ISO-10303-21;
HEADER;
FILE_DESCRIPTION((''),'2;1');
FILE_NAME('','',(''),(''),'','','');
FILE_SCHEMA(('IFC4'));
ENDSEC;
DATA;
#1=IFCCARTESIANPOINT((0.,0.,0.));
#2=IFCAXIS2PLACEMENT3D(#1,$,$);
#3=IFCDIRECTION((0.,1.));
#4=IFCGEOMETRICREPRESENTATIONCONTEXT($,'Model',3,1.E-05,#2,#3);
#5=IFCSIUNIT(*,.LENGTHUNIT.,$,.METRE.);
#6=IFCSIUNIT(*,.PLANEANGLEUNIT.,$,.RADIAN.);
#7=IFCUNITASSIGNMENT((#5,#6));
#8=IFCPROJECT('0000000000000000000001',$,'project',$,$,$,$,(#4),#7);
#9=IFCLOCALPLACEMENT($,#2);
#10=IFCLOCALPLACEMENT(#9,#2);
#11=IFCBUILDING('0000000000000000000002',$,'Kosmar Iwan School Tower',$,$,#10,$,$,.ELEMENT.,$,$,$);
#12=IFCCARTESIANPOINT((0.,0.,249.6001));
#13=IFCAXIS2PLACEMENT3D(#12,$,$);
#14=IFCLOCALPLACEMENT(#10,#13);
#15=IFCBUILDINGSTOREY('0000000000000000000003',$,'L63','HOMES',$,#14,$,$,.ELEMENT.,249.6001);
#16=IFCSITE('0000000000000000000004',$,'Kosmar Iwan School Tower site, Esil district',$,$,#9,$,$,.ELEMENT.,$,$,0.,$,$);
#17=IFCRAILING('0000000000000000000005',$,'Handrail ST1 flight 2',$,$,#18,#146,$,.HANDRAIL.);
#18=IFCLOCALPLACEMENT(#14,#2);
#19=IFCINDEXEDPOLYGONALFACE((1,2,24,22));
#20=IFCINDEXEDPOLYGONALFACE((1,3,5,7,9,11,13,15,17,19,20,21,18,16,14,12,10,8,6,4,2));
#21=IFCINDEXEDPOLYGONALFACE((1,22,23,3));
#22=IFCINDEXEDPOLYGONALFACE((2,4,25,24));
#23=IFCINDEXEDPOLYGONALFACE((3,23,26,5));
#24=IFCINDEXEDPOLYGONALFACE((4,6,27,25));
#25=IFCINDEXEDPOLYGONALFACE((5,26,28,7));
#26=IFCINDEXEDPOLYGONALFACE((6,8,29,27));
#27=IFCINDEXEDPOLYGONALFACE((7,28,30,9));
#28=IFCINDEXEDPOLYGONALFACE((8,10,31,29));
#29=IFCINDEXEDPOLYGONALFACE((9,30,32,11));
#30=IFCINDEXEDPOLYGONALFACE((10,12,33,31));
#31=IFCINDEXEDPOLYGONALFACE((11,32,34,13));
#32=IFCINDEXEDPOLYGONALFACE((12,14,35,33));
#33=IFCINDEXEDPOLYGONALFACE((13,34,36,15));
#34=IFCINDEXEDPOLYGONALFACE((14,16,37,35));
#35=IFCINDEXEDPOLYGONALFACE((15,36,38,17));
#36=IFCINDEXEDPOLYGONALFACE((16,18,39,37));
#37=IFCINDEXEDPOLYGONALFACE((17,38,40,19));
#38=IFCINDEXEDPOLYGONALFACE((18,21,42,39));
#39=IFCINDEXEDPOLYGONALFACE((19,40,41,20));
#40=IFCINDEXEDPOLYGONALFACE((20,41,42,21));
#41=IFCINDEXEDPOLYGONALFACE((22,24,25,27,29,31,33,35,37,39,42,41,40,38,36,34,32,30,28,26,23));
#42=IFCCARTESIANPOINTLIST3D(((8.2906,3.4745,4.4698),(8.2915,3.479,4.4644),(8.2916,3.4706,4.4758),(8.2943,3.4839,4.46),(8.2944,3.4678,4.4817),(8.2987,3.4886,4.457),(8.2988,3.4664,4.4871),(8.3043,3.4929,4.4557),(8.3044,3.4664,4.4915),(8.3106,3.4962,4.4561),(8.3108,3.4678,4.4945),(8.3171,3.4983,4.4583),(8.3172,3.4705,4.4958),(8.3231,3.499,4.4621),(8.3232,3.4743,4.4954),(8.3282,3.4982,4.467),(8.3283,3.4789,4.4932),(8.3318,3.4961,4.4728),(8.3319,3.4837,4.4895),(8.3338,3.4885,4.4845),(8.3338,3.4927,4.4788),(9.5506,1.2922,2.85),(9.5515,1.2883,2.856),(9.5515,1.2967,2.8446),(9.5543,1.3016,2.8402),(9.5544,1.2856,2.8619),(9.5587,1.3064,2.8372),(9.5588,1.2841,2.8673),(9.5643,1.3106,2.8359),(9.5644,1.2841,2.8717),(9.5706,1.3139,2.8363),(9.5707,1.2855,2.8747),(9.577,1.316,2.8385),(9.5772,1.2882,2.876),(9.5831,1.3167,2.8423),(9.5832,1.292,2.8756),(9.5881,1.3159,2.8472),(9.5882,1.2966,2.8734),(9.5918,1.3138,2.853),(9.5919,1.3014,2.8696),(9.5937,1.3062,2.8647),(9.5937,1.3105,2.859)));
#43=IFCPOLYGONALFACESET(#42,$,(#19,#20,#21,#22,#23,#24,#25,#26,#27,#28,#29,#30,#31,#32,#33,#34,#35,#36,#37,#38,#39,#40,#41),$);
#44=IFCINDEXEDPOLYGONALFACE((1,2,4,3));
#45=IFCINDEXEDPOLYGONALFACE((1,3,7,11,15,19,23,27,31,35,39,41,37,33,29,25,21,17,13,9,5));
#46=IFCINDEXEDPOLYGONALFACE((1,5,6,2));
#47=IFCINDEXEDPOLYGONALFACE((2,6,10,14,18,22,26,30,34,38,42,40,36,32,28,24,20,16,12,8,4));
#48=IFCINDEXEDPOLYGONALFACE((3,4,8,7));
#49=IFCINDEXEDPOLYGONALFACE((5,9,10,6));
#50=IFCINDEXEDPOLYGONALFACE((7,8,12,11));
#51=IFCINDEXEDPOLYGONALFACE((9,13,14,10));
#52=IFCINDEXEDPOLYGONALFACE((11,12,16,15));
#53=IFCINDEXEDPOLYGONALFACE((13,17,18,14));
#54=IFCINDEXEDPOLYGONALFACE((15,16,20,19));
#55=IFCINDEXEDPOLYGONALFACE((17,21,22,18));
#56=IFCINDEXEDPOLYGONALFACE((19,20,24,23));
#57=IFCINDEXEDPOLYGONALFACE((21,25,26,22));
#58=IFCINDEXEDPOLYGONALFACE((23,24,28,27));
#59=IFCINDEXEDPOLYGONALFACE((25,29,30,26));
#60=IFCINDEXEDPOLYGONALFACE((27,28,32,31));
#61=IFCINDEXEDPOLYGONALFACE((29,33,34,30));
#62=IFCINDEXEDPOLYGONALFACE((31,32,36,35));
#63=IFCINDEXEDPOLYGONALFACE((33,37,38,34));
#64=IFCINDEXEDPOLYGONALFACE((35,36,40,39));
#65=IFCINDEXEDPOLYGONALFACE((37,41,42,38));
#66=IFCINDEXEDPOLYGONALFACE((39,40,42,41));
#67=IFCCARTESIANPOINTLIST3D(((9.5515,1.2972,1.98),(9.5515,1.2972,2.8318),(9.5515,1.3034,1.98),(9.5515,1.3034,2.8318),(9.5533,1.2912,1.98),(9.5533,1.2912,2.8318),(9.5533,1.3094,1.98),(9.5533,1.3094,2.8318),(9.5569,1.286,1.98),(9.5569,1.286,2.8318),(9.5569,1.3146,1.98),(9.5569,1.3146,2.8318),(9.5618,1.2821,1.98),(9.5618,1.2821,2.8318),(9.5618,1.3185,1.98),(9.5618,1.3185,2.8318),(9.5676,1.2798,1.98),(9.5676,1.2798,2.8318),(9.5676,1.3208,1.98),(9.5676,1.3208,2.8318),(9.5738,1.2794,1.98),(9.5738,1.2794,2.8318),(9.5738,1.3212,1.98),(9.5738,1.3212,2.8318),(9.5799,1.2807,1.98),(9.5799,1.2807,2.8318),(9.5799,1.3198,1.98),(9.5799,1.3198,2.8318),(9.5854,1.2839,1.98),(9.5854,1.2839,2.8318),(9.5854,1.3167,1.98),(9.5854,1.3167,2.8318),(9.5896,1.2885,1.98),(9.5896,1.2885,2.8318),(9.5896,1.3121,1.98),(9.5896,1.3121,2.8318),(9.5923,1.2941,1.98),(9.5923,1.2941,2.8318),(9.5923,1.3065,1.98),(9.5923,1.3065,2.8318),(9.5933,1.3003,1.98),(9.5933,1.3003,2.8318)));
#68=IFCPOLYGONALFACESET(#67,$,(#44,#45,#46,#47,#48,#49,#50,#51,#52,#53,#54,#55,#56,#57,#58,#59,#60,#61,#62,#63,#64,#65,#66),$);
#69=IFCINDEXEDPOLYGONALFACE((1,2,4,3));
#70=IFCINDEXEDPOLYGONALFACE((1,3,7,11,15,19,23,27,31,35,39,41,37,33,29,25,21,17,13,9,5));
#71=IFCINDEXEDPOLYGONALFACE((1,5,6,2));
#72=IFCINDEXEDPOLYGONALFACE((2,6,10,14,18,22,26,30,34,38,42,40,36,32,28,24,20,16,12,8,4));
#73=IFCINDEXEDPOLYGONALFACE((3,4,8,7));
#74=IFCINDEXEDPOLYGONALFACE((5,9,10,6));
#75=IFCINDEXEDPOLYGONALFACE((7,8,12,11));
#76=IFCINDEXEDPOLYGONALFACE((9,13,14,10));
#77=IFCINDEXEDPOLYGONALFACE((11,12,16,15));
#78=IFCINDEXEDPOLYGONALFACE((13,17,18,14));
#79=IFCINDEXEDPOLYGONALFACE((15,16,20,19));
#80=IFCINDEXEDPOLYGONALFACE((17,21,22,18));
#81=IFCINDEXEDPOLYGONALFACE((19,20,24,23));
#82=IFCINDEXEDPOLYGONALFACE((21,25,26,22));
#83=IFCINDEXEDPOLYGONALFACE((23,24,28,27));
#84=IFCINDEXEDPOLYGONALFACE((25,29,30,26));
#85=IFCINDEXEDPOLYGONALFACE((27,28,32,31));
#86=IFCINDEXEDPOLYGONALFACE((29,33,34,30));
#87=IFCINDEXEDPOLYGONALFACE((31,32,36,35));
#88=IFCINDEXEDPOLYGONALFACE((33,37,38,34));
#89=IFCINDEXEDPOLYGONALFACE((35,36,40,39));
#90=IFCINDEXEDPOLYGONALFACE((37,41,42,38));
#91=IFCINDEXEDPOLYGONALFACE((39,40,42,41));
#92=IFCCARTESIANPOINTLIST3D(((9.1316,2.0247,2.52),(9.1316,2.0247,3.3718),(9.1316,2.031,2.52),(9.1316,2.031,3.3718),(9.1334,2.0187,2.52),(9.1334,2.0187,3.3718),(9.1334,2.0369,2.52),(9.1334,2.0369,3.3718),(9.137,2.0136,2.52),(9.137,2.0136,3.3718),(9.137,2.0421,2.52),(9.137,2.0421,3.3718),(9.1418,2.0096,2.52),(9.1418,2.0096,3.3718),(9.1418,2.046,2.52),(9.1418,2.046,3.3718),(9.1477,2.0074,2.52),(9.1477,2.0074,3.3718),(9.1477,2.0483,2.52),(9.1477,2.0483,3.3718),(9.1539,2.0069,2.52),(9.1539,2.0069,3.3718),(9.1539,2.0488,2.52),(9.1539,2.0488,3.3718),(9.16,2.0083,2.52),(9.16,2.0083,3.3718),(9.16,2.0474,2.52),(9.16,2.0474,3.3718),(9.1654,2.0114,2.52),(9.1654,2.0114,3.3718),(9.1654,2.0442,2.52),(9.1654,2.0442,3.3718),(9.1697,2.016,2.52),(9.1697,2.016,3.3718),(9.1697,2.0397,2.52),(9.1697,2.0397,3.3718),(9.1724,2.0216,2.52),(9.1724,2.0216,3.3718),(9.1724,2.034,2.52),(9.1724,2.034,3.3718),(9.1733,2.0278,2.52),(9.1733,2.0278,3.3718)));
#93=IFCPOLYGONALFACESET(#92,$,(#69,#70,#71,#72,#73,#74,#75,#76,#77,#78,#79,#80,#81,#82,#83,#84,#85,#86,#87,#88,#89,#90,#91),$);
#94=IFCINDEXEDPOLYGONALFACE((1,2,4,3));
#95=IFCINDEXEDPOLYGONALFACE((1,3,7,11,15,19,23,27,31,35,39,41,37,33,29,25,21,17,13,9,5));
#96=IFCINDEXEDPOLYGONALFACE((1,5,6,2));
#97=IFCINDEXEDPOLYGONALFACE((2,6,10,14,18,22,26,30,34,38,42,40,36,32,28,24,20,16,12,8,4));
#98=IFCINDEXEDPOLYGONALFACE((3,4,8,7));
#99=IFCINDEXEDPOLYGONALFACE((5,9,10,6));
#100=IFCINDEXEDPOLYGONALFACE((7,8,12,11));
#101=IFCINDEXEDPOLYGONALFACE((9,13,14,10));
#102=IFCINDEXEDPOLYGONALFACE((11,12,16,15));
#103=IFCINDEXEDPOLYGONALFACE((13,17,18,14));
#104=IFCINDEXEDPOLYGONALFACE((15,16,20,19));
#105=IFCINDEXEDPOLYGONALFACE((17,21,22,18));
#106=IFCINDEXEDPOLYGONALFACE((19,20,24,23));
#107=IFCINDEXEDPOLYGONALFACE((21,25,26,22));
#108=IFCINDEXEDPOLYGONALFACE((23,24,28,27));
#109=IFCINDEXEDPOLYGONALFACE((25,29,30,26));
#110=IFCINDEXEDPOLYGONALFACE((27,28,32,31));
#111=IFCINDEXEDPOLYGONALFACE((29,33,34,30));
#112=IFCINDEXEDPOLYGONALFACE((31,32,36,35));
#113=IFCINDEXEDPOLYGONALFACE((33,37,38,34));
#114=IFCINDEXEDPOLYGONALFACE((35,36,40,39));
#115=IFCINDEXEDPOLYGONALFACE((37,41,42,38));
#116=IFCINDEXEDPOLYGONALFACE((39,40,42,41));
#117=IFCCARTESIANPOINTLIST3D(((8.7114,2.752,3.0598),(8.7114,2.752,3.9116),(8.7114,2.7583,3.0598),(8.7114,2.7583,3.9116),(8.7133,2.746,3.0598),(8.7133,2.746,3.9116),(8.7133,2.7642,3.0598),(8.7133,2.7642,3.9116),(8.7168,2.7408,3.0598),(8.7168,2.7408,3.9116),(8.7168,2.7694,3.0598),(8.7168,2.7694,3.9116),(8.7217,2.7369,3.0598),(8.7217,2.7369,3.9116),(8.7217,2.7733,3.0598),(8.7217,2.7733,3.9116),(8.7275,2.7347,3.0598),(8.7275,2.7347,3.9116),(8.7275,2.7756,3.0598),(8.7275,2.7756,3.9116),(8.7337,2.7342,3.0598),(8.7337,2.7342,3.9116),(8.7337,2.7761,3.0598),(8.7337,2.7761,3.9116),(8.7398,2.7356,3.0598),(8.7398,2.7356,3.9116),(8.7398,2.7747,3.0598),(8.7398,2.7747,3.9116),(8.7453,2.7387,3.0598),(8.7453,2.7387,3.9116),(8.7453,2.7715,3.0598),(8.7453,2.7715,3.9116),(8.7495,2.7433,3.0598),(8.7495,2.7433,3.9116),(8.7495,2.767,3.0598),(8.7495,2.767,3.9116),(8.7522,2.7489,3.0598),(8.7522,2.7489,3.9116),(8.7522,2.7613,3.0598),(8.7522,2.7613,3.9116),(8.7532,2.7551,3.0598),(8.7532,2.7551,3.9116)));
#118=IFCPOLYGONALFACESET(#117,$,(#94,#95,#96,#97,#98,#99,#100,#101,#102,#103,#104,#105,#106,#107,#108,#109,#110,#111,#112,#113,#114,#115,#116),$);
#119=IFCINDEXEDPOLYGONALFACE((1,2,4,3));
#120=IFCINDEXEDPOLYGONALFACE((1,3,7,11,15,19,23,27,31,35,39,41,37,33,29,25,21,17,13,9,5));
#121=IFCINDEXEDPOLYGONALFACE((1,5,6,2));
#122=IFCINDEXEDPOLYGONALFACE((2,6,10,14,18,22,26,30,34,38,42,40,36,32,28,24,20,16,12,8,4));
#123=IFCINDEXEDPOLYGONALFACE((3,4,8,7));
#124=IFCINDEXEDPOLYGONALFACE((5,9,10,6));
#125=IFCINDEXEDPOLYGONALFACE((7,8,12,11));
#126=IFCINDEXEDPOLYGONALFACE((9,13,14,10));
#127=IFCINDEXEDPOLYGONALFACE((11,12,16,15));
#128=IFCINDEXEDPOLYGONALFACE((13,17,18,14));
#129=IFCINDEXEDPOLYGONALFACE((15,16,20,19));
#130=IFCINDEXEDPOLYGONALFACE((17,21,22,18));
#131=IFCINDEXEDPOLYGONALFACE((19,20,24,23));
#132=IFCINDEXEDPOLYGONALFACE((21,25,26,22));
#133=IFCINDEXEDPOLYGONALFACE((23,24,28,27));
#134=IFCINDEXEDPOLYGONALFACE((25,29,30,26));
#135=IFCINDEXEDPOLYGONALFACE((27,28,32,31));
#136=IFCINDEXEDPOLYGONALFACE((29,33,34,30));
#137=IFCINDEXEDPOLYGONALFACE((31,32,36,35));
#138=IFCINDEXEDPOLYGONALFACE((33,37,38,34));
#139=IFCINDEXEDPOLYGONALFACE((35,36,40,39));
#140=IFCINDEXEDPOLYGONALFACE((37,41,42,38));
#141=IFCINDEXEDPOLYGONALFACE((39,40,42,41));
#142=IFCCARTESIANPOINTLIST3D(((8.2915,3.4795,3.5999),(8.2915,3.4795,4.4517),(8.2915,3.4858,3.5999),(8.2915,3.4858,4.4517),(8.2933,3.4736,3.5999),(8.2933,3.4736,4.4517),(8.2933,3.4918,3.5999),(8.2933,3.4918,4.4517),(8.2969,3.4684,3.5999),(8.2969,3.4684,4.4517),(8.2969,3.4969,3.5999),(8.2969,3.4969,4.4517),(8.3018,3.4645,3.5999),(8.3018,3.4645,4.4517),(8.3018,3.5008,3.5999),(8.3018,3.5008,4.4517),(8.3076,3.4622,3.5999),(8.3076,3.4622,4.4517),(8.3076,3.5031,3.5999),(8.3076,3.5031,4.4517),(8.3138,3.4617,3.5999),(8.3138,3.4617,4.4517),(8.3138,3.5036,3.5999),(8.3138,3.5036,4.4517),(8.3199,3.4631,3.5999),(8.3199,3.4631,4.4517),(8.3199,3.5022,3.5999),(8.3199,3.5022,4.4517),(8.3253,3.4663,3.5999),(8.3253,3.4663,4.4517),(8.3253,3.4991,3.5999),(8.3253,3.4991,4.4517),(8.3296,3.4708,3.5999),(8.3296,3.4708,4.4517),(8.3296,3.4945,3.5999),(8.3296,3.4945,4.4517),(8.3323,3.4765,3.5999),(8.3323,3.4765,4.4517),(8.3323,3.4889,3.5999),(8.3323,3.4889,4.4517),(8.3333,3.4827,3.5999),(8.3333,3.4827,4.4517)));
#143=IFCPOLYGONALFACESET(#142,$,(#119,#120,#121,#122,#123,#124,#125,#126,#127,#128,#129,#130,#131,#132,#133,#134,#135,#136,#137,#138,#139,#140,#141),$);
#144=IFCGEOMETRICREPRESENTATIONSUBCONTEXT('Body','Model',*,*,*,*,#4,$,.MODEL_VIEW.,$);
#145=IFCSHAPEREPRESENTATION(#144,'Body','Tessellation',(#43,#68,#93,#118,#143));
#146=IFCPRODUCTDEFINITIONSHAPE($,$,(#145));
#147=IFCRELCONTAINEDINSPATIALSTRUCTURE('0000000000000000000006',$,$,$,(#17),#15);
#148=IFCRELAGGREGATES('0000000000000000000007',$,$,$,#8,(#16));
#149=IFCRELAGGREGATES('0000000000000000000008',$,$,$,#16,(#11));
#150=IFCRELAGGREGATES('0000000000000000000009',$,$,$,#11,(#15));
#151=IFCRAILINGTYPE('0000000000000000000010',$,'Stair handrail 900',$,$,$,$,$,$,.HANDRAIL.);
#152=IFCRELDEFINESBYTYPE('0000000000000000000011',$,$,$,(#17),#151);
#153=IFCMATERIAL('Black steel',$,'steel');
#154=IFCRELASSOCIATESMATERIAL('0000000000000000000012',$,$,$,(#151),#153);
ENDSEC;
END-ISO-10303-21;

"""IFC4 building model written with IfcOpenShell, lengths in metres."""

from ifc_helpers import new_model, si_unit, direction, frame, origin, origin_2d, place, context, subcontext, project, spatial, circle, extrude, material, type_object, element, save


model = new_model("IFC4")

# Units and contexts
model_context = context("Model", 3, precision=1e-05, world=origin(), true_north=direction((0.0, 1.0)))
body_context = subcontext(model_context, "Body", "Model", "MODEL_VIEW")
ifc_project = project(units=[si_unit("LENGTHUNIT", "METRE"), si_unit("PLANEANGLEUNIT", "RADIAN")], contexts=[model_context])

# Site, building, storey
site_placement = place(None, origin())
site = spatial("IfcSite", under=ifc_project, at=site_placement, Name="Kosmar Iwan School Tower site, Esil district", CompositionType="ELEMENT", RefElevation=0.0)
building_placement = place(site_placement, origin())
building = spatial("IfcBuilding", under=site, at=building_placement, Name="Kosmar Iwan School Tower", CompositionType="ELEMENT")
storey_placement = place(building_placement, frame((0.0, 0.0, 249.6001)))
storey = spatial("IfcBuildingStorey", under=building, at=storey_placement, Name="L63", Description="HOMES", CompositionType="ELEMENT", Elevation=249.6001)

# Railing
ifc_material_1 = material(Name="Black steel", Category="steel")
railing_type = type_object("IfcRailingType", Name="Stair handrail 900", PredefinedType="HANDRAIL", material=ifc_material_1)
railing_1_placement = place(storey_placement, frame((9.5723, 1.3003, 1.98)))
element("IfcRailing", 1, at=railing_1_placement, inside=storey, type_object=railing_type, Name="Handrail ST1 flight 2", PredefinedType="HANDRAIL", context=body_context, shape_type="SweptSolid", body=[
    extrude(circle(Radius=0.0239, at=origin_2d()), frame((0.0, 0.0, 0.876), z_axis=(-0.420603, 0.728496, 0.540728), x_axis=(-0.866023, -0.500005, 0.0)), (0.0, 0.0, 1.0), 2.9956),
    extrude(circle(Radius=0.021, at=origin_2d()), origin(), (0.0, 0.0, 1.0), 0.8518),
    extrude(circle(Radius=0.021, at=origin_2d()), frame((-0.4199, 0.7275, 0.54)), (0.0, 0.0, 1.0), 0.8518),
    extrude(circle(Radius=0.021, at=origin_2d()), frame((-0.8401, 1.4548, 1.0798)), (0.0, 0.0, 1.0), 0.8518),
    extrude(circle(Radius=0.021, at=origin_2d()), frame((-1.26, 2.1824, 1.6199)), (0.0, 0.0, 1.0), 0.8518),
])

save(model, "model.ifc")
